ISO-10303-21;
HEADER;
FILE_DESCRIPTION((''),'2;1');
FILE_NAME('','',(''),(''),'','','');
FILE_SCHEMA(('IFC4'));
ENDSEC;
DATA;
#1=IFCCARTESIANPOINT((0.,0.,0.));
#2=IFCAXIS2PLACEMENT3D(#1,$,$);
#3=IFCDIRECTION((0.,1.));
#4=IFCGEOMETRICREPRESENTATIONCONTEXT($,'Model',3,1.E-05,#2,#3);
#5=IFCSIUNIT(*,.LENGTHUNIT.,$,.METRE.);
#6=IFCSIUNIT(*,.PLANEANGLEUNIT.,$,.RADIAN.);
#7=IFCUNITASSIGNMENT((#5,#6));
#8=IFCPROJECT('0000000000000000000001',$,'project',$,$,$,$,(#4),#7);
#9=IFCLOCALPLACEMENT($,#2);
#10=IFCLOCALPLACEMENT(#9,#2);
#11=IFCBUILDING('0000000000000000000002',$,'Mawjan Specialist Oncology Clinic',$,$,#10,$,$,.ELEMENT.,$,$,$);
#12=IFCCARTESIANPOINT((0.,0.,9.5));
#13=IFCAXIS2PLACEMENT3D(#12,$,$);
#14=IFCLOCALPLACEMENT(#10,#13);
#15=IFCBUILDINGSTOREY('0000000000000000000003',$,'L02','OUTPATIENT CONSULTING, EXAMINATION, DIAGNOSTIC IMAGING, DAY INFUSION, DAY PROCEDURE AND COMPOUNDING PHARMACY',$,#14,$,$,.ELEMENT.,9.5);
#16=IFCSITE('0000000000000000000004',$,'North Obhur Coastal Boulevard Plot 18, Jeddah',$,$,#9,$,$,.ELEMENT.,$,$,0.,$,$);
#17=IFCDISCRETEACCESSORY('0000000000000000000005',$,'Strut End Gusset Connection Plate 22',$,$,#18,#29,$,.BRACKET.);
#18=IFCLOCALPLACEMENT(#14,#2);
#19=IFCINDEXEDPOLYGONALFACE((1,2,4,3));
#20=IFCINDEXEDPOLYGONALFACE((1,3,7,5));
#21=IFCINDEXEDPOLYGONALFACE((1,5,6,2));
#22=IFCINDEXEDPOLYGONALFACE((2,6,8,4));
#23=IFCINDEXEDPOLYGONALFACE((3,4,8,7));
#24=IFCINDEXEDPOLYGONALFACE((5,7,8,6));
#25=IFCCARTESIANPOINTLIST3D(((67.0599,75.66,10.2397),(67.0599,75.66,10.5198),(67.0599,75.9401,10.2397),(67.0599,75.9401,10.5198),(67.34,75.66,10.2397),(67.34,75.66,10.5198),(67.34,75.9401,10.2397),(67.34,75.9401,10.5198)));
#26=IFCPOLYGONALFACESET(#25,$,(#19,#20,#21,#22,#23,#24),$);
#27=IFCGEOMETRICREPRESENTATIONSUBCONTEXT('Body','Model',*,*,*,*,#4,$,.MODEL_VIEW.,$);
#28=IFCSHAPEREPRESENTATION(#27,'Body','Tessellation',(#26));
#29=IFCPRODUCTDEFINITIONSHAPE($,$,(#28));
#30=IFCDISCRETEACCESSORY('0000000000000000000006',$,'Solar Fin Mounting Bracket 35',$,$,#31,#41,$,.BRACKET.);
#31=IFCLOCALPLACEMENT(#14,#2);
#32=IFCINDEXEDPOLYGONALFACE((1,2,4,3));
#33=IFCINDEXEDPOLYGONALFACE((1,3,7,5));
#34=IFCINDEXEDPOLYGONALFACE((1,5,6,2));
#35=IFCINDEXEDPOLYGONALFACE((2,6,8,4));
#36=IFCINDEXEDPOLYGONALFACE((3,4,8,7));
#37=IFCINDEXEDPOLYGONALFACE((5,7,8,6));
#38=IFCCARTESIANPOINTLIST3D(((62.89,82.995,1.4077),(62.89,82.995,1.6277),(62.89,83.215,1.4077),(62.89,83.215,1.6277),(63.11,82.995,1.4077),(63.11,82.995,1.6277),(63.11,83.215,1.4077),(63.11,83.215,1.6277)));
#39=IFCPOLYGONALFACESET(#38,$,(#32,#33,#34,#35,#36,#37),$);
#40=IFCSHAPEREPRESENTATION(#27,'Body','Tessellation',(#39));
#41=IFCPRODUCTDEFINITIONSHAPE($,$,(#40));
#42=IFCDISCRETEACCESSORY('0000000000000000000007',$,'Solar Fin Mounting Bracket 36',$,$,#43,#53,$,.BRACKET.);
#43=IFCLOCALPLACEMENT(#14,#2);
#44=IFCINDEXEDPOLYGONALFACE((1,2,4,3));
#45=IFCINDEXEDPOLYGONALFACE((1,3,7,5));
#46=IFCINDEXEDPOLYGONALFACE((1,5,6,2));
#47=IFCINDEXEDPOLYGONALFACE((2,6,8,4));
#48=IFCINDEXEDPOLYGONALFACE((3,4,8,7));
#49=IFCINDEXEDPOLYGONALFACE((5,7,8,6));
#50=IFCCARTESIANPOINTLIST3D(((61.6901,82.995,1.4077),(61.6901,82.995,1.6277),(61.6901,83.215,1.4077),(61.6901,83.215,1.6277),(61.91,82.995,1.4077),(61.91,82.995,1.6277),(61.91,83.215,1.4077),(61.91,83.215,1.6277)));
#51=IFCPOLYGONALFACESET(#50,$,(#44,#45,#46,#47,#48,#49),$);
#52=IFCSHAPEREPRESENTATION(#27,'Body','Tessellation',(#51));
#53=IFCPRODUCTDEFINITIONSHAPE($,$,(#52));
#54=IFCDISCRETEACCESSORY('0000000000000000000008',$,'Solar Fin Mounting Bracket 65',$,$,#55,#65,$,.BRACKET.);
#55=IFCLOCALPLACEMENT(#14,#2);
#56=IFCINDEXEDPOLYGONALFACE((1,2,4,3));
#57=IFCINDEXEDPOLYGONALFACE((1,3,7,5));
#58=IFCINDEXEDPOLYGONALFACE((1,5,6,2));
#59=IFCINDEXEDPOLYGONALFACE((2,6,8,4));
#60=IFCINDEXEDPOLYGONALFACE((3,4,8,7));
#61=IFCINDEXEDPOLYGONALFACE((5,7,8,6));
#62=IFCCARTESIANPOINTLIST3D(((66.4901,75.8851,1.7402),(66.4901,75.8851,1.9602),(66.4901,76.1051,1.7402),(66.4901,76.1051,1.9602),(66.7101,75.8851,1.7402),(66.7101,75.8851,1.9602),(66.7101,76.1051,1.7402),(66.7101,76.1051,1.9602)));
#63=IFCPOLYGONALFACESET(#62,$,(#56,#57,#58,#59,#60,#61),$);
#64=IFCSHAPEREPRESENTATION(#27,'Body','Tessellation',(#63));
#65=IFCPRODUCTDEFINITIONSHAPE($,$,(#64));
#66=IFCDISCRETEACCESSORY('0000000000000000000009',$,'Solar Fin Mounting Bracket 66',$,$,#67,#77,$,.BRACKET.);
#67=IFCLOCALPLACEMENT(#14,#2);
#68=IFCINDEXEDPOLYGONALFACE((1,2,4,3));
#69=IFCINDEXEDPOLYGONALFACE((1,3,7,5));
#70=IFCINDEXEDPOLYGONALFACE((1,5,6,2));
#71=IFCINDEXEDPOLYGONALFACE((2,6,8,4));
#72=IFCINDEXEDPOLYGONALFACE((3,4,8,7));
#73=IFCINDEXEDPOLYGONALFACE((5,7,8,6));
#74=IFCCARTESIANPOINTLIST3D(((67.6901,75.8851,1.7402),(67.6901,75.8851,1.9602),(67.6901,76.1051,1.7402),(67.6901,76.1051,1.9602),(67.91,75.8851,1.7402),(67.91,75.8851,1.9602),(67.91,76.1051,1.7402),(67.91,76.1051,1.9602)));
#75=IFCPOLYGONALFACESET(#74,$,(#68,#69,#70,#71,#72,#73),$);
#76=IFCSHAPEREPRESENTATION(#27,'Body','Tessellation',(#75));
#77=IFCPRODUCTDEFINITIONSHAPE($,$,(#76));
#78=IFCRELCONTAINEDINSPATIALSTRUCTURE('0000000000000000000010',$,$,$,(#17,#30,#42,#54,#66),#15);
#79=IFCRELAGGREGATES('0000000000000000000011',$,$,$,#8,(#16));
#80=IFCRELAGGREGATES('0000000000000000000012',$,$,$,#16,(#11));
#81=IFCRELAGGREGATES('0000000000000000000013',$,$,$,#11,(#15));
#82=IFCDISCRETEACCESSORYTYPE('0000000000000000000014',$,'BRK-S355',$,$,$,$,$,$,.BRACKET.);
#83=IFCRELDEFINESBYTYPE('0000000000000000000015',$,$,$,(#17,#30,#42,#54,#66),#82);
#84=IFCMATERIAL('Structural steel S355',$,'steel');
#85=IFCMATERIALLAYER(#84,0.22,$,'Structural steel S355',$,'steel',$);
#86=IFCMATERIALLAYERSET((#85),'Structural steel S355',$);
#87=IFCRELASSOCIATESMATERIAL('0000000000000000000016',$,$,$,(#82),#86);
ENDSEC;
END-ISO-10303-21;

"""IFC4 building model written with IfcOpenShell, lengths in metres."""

from ifc_helpers import new_model, si_unit, direction, frame, origin, origin_2d, place, context, subcontext, project, spatial, rectangle, extrude, material, layer, layer_set, type_object, element, save


model = new_model("IFC4")

# Units and contexts
model_context = context("Model", 3, precision=1e-05, world=origin(), true_north=direction((0.0, 1.0)))
body_context = subcontext(model_context, "Body", "Model", "MODEL_VIEW")
ifc_project = project(units=[si_unit("LENGTHUNIT", "METRE"), si_unit("PLANEANGLEUNIT", "RADIAN")], contexts=[model_context])

# Site, building, storey
site_placement = place(None, origin())
site = spatial("IfcSite", under=ifc_project, at=site_placement, Name="North Obhur Coastal Boulevard Plot 18, Jeddah", CompositionType="ELEMENT", RefElevation=0.0)
building_placement = place(site_placement, origin())
building = spatial("IfcBuilding", under=site, at=building_placement, Name="Mawjan Specialist Oncology Clinic", CompositionType="ELEMENT")
storey_placement = place(building_placement, frame((0.0, 0.0, 9.5)))
storey = spatial("IfcBuildingStorey", under=building, at=storey_placement, Name="L02", Description="OUTPATIENT CONSULTING, EXAMINATION, DIAGNOSTIC IMAGING, DAY INFUSION, DAY PROCEDURE AND COMPOUNDING PHARMACY", CompositionType="ELEMENT", Elevation=9.5)

# Discrete accessories
ifc_material_1 = material(Name="Structural steel S355", Category="steel")
ifc_layer_1 = layer(ifc_material_1, 0.22, Name="Structural steel S355", Category="steel")
ifc_layer_set_1 = layer_set([ifc_layer_1], Name="Structural steel S355")
discrete_accessory_type = type_object("IfcDiscreteAccessoryType", Name="BRK-S355", PredefinedType="BRACKET", material=ifc_layer_set_1)
for number, where, z_axis, x_axis, name in (
    (1, (67.2, 75.8, 10.2397), (0.0, 0.0, 1.0), (1.0, 0.0, 0.0), "Strut End Gusset Connection Plate 22"),
):
    element("IfcDiscreteAccessory", number, at=place(storey_placement, frame(where, z_axis=z_axis, x_axis=x_axis)), inside=storey, type_object=discrete_accessory_type, Name=name, PredefinedType="BRACKET", context=body_context, shape_type="SweptSolid", body=[
        extrude(rectangle(XDim=0.28, YDim=0.28, at=origin_2d()), origin(), (0.0, 0.0, 1.0), 0.28),
    ])
for number, where, z_axis, x_axis, name in (
    (2, (63.0, 83.105, 1.4077), (0.0, 0.0, 1.0), (-1.0, 0.0, 0.0), "Solar Fin Mounting Bracket 35"),
    (3, (61.8, 83.105, 1.4077), (0.0, 0.0, 1.0), (-1.0, 0.0, 0.0), "Solar Fin Mounting Bracket 36"),
    (4, (66.6001, 75.9951, 1.7402), (0.0, 0.0, 1.0), (1.0, 0.0, 0.0), "Solar Fin Mounting Bracket 65"),
    (5, (67.8, 75.9951, 1.7402), (0.0, 0.0, 1.0), (1.0, 0.0, 0.0), "Solar Fin Mounting Bracket 66"),
):
    element("IfcDiscreteAccessory", number, at=place(storey_placement, frame(where, z_axis=z_axis, x_axis=x_axis)), inside=storey, type_object=discrete_accessory_type, Name=name, PredefinedType="BRACKET", context=body_context, shape_type="SweptSolid", body=[
        extrude(rectangle(XDim=0.22, YDim=0.22, at=origin_2d()), origin(), (0.0, 0.0, 1.0), 0.22),
    ])

save(model, "model.ifc")
